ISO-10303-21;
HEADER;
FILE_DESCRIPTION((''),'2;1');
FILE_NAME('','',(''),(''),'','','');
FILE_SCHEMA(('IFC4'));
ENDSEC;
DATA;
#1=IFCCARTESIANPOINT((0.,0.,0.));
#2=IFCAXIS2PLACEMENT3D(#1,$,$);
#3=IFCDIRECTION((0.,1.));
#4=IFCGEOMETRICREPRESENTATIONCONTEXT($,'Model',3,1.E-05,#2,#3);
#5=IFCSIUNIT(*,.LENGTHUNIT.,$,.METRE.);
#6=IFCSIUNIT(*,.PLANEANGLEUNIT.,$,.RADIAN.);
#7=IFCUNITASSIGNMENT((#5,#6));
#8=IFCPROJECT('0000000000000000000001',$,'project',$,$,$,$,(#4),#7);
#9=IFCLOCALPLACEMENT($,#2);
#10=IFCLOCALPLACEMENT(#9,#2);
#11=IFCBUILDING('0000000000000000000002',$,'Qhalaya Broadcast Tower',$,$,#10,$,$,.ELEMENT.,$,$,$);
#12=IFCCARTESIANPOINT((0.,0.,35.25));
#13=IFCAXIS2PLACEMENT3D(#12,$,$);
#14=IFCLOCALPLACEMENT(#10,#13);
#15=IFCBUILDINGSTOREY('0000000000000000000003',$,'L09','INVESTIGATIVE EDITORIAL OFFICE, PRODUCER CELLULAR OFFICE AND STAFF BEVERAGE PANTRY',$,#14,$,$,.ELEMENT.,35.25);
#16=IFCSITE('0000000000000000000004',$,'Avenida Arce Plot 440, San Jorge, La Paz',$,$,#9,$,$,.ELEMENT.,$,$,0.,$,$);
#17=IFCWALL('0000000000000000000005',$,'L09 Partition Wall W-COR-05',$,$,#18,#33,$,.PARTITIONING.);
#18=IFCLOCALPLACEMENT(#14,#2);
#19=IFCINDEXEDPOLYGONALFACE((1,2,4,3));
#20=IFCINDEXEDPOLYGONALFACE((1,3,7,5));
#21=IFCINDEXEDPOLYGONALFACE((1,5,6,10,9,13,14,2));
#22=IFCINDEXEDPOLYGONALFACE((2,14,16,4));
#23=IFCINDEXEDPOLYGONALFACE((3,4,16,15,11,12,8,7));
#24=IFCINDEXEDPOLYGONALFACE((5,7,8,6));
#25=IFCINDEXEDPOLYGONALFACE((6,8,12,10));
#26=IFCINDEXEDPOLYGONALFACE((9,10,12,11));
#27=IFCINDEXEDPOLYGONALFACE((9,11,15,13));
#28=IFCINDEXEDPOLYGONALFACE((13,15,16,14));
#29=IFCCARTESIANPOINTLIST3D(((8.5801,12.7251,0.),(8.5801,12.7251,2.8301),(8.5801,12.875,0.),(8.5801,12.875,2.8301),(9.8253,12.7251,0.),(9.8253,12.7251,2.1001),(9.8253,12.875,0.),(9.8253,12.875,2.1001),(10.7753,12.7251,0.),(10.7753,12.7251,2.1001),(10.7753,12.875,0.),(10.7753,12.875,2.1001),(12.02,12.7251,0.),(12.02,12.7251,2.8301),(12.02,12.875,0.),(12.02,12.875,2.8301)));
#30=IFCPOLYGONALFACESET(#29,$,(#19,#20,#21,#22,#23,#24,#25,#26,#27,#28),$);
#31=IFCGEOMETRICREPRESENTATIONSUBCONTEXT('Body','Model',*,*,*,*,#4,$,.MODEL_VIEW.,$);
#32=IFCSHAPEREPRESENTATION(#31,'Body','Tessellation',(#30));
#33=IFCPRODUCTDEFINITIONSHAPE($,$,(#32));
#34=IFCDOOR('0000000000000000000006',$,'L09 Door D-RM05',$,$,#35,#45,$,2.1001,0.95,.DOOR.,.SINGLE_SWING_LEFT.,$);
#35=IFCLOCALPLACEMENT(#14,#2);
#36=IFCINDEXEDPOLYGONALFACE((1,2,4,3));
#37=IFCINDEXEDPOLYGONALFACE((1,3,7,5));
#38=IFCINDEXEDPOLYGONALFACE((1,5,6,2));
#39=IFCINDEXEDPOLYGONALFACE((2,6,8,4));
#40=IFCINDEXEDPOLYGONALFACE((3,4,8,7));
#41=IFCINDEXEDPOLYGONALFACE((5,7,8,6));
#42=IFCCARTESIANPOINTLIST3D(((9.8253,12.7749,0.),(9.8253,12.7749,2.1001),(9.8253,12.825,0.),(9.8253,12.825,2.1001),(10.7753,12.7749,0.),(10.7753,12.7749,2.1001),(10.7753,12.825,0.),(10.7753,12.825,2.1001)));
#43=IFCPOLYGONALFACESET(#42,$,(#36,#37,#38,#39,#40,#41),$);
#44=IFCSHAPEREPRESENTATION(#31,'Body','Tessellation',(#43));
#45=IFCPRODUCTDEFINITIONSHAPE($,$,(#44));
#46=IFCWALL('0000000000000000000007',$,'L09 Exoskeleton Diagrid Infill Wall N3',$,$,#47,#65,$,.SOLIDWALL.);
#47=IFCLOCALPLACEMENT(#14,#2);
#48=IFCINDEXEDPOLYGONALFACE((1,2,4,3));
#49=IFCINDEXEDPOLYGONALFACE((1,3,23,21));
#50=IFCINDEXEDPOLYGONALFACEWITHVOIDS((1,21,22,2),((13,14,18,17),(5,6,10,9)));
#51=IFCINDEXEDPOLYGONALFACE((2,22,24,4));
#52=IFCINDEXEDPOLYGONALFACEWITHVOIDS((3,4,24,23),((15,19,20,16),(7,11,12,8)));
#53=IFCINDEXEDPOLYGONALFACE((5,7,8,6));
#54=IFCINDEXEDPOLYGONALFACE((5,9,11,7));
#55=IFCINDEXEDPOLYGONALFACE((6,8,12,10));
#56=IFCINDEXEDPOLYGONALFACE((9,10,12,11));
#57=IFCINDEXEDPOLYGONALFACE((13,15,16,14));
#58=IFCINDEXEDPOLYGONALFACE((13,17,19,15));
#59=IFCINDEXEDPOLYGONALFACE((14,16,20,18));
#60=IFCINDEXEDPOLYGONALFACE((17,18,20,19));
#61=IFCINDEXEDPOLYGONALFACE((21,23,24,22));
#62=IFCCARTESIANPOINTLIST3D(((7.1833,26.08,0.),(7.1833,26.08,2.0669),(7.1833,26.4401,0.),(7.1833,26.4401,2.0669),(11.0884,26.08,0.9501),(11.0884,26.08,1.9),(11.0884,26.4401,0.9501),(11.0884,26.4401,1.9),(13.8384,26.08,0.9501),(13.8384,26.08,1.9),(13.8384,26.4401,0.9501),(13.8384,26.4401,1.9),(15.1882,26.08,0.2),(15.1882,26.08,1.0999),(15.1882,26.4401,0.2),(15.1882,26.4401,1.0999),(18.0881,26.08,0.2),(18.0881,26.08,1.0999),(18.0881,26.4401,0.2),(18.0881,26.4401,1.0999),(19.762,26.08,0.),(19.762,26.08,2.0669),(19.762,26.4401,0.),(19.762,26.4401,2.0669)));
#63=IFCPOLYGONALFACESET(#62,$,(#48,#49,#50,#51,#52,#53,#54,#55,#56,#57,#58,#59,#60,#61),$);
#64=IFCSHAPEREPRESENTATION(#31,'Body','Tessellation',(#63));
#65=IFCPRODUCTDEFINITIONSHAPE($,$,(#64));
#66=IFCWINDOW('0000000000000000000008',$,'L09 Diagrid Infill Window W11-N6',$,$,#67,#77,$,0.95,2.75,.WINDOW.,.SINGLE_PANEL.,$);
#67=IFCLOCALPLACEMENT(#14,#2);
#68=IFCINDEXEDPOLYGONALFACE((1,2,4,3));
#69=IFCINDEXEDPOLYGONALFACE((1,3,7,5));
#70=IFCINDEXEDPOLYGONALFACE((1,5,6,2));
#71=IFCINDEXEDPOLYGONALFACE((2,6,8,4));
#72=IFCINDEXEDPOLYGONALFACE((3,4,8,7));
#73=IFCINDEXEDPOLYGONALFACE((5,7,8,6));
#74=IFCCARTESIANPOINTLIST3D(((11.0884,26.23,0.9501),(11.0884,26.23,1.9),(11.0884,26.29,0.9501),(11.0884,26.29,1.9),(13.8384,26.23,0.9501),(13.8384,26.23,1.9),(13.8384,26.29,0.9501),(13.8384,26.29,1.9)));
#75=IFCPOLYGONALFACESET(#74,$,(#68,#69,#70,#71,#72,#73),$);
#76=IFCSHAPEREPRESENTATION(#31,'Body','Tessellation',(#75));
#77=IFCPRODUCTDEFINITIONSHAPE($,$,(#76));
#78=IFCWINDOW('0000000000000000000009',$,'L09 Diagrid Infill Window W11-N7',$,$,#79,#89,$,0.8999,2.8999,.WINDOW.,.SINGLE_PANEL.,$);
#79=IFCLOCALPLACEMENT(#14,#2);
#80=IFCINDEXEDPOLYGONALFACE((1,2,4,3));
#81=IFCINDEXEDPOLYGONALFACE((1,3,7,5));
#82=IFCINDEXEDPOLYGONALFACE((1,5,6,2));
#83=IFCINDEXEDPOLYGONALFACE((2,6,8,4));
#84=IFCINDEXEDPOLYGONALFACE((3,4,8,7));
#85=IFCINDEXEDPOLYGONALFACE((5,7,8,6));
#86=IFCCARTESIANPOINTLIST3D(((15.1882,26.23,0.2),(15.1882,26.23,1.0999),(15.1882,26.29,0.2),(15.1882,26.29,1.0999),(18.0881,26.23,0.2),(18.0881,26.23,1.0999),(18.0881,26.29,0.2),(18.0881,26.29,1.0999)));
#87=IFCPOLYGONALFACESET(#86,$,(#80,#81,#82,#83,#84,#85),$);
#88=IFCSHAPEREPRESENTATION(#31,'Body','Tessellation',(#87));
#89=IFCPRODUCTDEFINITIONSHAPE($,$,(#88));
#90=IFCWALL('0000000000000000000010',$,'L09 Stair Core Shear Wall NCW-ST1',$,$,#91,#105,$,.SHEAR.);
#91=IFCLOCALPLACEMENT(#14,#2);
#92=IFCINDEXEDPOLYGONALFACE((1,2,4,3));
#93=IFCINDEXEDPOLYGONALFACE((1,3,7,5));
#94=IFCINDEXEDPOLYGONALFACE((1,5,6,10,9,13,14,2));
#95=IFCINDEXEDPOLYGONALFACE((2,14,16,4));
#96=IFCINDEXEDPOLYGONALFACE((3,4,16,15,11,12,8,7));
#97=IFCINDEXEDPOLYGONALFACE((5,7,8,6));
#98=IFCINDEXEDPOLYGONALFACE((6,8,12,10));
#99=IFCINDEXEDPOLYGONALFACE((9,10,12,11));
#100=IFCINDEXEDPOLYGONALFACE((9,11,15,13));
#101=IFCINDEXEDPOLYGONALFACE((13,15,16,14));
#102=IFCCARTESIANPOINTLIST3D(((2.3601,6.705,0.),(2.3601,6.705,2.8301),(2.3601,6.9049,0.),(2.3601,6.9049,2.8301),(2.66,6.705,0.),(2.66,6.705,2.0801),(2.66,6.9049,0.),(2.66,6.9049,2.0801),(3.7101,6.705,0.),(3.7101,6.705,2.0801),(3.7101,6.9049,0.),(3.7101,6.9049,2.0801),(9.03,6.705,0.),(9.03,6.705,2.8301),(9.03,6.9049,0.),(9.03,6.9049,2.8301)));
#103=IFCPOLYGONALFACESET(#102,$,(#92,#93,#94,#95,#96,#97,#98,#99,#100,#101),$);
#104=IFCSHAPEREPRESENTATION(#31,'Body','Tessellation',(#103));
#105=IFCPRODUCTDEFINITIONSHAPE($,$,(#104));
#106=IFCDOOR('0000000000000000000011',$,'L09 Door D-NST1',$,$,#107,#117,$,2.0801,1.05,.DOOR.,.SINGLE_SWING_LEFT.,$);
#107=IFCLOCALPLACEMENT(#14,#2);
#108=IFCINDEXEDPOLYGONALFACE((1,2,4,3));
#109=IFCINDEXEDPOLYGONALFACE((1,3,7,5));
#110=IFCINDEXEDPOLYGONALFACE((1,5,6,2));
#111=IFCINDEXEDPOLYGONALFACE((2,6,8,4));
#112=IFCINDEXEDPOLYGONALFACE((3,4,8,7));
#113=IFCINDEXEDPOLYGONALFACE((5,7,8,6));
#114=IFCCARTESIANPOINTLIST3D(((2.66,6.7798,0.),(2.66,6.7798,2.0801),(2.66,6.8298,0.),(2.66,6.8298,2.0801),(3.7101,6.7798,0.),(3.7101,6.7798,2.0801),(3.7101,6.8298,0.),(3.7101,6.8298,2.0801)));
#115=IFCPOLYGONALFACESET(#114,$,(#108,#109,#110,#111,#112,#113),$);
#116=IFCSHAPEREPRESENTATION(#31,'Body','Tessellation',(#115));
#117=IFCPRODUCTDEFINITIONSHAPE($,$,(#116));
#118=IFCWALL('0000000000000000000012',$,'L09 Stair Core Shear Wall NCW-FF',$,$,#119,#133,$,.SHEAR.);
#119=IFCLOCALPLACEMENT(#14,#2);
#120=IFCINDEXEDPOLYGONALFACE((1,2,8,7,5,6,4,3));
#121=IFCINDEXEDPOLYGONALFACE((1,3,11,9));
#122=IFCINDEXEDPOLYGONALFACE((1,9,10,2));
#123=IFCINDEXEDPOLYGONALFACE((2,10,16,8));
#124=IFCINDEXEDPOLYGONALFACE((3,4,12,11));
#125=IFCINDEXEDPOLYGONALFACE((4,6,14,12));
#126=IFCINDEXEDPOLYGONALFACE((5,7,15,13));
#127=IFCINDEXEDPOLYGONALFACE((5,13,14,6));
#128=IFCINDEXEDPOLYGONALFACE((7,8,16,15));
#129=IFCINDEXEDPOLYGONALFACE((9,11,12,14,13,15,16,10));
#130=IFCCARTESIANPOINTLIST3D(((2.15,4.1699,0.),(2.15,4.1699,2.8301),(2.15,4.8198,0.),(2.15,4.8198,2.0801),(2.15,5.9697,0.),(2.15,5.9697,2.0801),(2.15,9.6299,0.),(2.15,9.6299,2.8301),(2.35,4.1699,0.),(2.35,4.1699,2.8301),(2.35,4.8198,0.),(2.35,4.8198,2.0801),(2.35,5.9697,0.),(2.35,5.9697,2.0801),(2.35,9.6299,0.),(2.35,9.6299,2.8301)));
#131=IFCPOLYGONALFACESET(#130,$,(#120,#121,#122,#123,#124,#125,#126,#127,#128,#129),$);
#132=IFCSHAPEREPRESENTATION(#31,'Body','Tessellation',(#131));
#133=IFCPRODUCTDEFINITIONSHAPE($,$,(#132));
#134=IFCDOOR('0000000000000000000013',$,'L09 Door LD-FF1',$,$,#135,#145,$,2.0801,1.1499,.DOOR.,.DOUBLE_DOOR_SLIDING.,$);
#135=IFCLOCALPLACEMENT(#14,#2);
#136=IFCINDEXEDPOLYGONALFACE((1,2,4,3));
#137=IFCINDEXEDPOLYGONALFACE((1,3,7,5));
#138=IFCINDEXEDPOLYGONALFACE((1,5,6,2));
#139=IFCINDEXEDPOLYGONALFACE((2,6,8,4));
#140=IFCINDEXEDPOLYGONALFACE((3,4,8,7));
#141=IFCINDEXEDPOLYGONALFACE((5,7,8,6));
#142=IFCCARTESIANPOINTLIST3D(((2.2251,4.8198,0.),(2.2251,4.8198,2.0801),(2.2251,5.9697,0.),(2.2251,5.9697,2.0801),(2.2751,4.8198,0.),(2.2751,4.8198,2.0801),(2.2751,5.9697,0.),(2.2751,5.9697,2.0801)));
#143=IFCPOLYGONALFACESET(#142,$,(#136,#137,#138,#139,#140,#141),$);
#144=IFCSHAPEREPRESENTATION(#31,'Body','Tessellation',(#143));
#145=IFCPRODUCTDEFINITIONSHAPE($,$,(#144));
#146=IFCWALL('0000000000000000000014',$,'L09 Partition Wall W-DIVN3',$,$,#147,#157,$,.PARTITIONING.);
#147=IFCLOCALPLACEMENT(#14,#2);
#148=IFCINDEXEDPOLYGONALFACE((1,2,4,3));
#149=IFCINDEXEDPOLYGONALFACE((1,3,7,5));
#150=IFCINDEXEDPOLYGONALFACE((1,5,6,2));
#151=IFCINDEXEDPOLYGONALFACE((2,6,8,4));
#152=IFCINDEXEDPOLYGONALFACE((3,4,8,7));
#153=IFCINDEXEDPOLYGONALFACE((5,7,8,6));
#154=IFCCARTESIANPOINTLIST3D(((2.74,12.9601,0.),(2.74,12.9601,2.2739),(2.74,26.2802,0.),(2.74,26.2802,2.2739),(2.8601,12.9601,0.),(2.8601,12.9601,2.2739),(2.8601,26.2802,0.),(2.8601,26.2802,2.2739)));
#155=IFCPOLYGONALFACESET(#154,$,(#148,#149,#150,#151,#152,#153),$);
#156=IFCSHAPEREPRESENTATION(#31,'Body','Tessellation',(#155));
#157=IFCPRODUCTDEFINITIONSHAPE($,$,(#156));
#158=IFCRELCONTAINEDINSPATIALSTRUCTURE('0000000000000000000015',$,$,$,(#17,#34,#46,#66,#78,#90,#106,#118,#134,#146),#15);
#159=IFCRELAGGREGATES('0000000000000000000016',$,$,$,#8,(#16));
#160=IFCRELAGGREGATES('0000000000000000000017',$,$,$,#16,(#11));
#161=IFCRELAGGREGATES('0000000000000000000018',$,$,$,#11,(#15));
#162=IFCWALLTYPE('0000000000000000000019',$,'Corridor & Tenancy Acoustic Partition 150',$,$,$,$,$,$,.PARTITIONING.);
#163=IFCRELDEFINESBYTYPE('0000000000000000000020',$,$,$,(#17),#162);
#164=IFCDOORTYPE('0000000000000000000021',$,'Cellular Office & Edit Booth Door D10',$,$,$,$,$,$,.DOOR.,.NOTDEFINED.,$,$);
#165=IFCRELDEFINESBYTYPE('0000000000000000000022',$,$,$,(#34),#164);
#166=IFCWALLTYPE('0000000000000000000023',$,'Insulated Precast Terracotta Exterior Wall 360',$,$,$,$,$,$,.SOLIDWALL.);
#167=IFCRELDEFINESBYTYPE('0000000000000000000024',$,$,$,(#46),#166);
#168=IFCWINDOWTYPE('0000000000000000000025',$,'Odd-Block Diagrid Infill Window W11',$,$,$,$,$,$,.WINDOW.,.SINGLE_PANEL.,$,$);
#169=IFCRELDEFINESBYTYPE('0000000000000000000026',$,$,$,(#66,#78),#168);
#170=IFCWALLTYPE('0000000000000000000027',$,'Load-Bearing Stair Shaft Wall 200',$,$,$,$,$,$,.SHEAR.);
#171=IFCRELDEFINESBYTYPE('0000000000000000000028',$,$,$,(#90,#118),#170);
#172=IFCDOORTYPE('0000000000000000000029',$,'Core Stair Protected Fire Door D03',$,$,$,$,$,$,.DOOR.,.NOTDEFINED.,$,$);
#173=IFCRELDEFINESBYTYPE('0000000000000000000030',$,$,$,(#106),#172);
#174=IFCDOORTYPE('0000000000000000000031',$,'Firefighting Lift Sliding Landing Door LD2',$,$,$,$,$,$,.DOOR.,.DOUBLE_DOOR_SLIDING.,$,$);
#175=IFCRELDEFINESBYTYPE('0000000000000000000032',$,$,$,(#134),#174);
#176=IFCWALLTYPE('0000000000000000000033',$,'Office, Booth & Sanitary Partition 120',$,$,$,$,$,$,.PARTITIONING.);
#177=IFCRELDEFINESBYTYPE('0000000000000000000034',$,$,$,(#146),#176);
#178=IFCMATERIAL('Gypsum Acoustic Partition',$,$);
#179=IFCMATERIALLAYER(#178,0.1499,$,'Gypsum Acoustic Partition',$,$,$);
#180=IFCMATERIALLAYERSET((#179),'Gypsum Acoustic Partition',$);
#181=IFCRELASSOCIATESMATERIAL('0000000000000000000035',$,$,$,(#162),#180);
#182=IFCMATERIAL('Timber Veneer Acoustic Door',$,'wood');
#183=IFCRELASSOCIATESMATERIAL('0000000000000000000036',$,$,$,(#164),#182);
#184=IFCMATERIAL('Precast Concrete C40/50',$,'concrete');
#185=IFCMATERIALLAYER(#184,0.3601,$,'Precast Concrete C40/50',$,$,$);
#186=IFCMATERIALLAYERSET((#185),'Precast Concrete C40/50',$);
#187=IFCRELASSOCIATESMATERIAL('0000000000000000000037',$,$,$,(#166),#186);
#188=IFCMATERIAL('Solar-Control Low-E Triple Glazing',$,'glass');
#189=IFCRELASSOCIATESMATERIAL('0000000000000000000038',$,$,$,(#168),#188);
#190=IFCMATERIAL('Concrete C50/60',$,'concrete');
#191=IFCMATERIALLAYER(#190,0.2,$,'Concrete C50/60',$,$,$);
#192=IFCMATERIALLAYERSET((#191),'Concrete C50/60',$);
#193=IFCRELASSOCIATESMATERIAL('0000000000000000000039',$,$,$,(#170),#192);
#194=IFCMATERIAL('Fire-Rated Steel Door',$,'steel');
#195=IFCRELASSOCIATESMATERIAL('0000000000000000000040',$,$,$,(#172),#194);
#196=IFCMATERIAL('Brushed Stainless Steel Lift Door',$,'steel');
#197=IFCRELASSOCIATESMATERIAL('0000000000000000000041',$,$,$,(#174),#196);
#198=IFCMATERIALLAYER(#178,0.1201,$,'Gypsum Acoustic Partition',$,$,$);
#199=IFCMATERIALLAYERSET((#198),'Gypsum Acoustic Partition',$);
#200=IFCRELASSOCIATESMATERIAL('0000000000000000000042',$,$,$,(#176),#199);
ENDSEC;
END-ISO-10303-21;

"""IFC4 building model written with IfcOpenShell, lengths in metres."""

from ifc_helpers import new_model, si_unit, direction, frame, frame_2d, origin, place, context, subcontext, project, spatial, rectangle, extrude, material, layer, layer_set, type_object, element, fill, save


model = new_model("IFC4")

# Units and contexts
model_context = context("Model", 3, precision=1e-05, world=origin(), true_north=direction((0.0, 1.0)))
body_context = subcontext(model_context, "Body", "Model", "MODEL_VIEW")
ifc_project = project(units=[si_unit("LENGTHUNIT", "METRE"), si_unit("PLANEANGLEUNIT", "RADIAN")], contexts=[model_context])

# Site, building, storey
site_placement = place(None, origin())
site = spatial("IfcSite", under=ifc_project, at=site_placement, Name="Avenida Arce Plot 440, San Jorge, La Paz", CompositionType="ELEMENT", RefElevation=0.0)
building_placement = place(site_placement, origin())
building = spatial("IfcBuilding", under=site, at=building_placement, Name="Qhalaya Broadcast Tower", CompositionType="ELEMENT")
storey_placement = place(building_placement, frame((0.0, 0.0, 35.25)))
storey = spatial("IfcBuildingStorey", under=building, at=storey_placement, Name="L09", Description="INVESTIGATIVE EDITORIAL OFFICE, PRODUCER CELLULAR OFFICE AND STAFF BEVERAGE PANTRY", CompositionType="ELEMENT", Elevation=35.25)

# Shared definitions
ifc_material_1 = material(Name="Concrete C50/60", Category="concrete")

# Wall, opening, door
ifc_material_2 = material(Name="Gypsum Acoustic Partition")
ifc_layer_1 = layer(ifc_material_2, 0.1499, Name="Gypsum Acoustic Partition")
ifc_layer_set_1 = layer_set([ifc_layer_1], Name="Gypsum Acoustic Partition")
wall_type_1 = type_object("IfcWallType", Name="Corridor & Tenancy Acoustic Partition 150", PredefinedType="PARTITIONING", material=ifc_layer_set_1)
ifc_material_3 = material(Name="Timber Veneer Acoustic Door", Category="wood")
door_type_1 = type_object("IfcDoorType", Name="Cellular Office & Edit Booth Door D10", OperationType="NOTDEFINED", PredefinedType="DOOR", material=ifc_material_3)
wall_1_placement = place(storey_placement, frame((8.5801, 12.8, 0.0), z_axis=(0.0, 0.0, 1.0), x_axis=(1.0, 0.0, 0.0)))
wall_1 = element("IfcWall", 1, at=wall_1_placement, inside=storey, type_object=wall_type_1, Name="L09 Partition Wall W-COR-05", PredefinedType="PARTITIONING", context=body_context, shape_type="SweptSolid", body=[
    extrude(rectangle(XDim=3.4399, YDim=0.1499, at=frame_2d((1.72, 0.0))), origin(), (0.0, 0.0, 1.0), 2.8301),
])
opening_1_placement = place(wall_1_placement, frame((1.2451, 0.0, 0.0)))
opening_1 = element("IfcOpeningElement", 2, at=opening_1_placement, cuts=wall_1, PredefinedType="OPENING", context=body_context, shape_type="SweptSolid", body=[
    extrude(rectangle(XDim=0.95, YDim=2.1001, at=frame_2d((0.4751, 1.05))), frame((0.0, 0.0869, 0.0), z_axis=(0.0, -1.0, 0.0), x_axis=(1.0, 0.0, 0.0)), (0.0, 0.0, 1.0), 0.1738),
])
door_1_placement = place(opening_1_placement, origin())
door_1 = element("IfcDoor", 3, at=door_1_placement, inside=storey, type_object=door_type_1, Name="L09 Door D-RM05", OperationType="SINGLE_SWING_LEFT", OverallHeight=2.1001, OverallWidth=0.95, PredefinedType="DOOR", context=body_context, shape_type="SweptSolid", body=[
    extrude(rectangle(XDim=0.95, YDim=2.1001, at=frame_2d((0.4751, 1.05))), frame((0.0, 0.0249, 0.0), z_axis=(0.0, -1.0, 0.0), x_axis=(1.0, 0.0, 0.0)), (0.0, 0.0, 1.0), 0.05),
])
fill(opening_1, door_1)

# Wall, openings, windows
ifc_material_4 = material(Name="Precast Concrete C40/50", Category="concrete")
ifc_layer_2 = layer(ifc_material_4, 0.3601, Name="Precast Concrete C40/50")
ifc_layer_set_2 = layer_set([ifc_layer_2], Name="Precast Concrete C40/50")
wall_type_2 = type_object("IfcWallType", Name="Insulated Precast Terracotta Exterior Wall 360", PredefinedType="SOLIDWALL", material=ifc_layer_set_2)
wall_2_placement = place(storey_placement, frame((7.1833, 26.26, 0.0), z_axis=(0.0, 0.0, 1.0), x_axis=(1.0, 0.0, 0.0)))
wall_2 = element("IfcWall", 4, at=wall_2_placement, inside=storey, type_object=wall_type_2, Name="L09 Exoskeleton Diagrid Infill Wall N3", PredefinedType="SOLIDWALL", context=body_context, shape_type="SweptSolid", body=[
    extrude(rectangle(XDim=12.5786, YDim=0.3601, at=frame_2d((6.2893, 0.0))), origin(), (0.0, 0.0, 1.0), 2.0669),
])
opening_2_placement = place(wall_2_placement, frame((3.905, 0.0, 0.95)))
opening_2 = element("IfcOpeningElement", 5, at=opening_2_placement, cuts=wall_2, PredefinedType="OPENING", context=body_context, shape_type="SweptSolid", body=[
    extrude(rectangle(XDim=2.75, YDim=0.95, at=frame_2d((1.375, 0.4751))), frame((0.0, 0.1921, 0.0), z_axis=(0.0, -1.0, 0.0), x_axis=(1.0, 0.0, 0.0)), (0.0, 0.0, 1.0), 0.384),
])
opening_3_placement = place(wall_2_placement, frame((8.0049, 0.0, 0.2)))
opening_3 = element("IfcOpeningElement", 6, at=opening_3_placement, cuts=wall_2, PredefinedType="OPENING", context=body_context, shape_type="SweptSolid", body=[
    extrude(rectangle(XDim=2.8999, YDim=0.8999, at=frame_2d((1.45, 0.45))), frame((0.0, 0.1921, 0.0), z_axis=(0.0, -1.0, 0.0), x_axis=(1.0, 0.0, 0.0)), (0.0, 0.0, 1.0), 0.384),
])
ifc_material_5 = material(Name="Solar-Control Low-E Triple Glazing", Category="glass")
window_type = type_object("IfcWindowType", Name="Odd-Block Diagrid Infill Window W11", PartitioningType="SINGLE_PANEL", PredefinedType="WINDOW", material=ifc_material_5)
window_1_placement = place(opening_2_placement, origin())
window_1 = element("IfcWindow", 7, at=window_1_placement, inside=storey, type_object=window_type, Name="L09 Diagrid Infill Window W11-N6", OverallHeight=0.95, OverallWidth=2.75, PartitioningType="SINGLE_PANEL", PredefinedType="WINDOW", context=body_context, shape_type="SweptSolid", body=[
    extrude(rectangle(XDim=2.75, YDim=0.95, at=frame_2d((1.375, 0.4751))), frame((0.0, 0.03, 0.0), z_axis=(0.0, -1.0, 0.0), x_axis=(1.0, 0.0, 0.0)), (0.0, 0.0, 1.0), 0.0601),
])
fill(opening_2, window_1)
window_2_placement = place(opening_3_placement, origin())
window_2 = element("IfcWindow", 8, at=window_2_placement, inside=storey, type_object=window_type, Name="L09 Diagrid Infill Window W11-N7", OverallHeight=0.8999, OverallWidth=2.8999, PartitioningType="SINGLE_PANEL", PredefinedType="WINDOW", context=body_context, shape_type="SweptSolid", body=[
    extrude(rectangle(XDim=2.8999, YDim=0.8999, at=frame_2d((1.45, 0.45))), frame((0.0, 0.03, 0.0), z_axis=(0.0, -1.0, 0.0), x_axis=(1.0, 0.0, 0.0)), (0.0, 0.0, 1.0), 0.0601),
])
fill(opening_3, window_2)

# Walls, openings, doors
ifc_layer_3 = layer(ifc_material_1, 0.2, Name="Concrete C50/60")
ifc_layer_set_3 = layer_set([ifc_layer_3], Name="Concrete C50/60")
wall_type_3 = type_object("IfcWallType", Name="Load-Bearing Stair Shaft Wall 200", PredefinedType="SHEAR", material=ifc_layer_set_3)
wall_3_placement = place(storey_placement, frame((2.3601, 6.8049, 0.0), z_axis=(0.0, 0.0, 1.0), x_axis=(1.0, 0.0, 0.0)))
wall_3 = element("IfcWall", 9, at=wall_3_placement, inside=storey, type_object=wall_type_3, Name="L09 Stair Core Shear Wall NCW-ST1", PredefinedType="SHEAR", context=body_context, shape_type="SweptSolid", body=[
    extrude(rectangle(XDim=6.6699, YDim=0.2, at=frame_2d((3.335, 0.0))), origin(), (0.0, 0.0, 1.0), 2.8301),
])
opening_4_placement = place(wall_3_placement, frame((0.3, 0.0, 0.0)))
opening_4 = element("IfcOpeningElement", 10, at=opening_4_placement, cuts=wall_3, PredefinedType="OPENING", context=body_context, shape_type="SweptSolid", body=[
    extrude(rectangle(XDim=1.05, YDim=2.0801, at=frame_2d((0.5249, 1.04))), frame((0.0, 0.1121, 0.0), z_axis=(0.0, -1.0, 0.0), x_axis=(1.0, 0.0, 0.0)), (0.0, 0.0, 1.0), 0.2239),
])
ifc_material_6 = material(Name="Fire-Rated Steel Door", Category="steel")
door_type_2 = type_object("IfcDoorType", Name="Core Stair Protected Fire Door D03", OperationType="NOTDEFINED", PredefinedType="DOOR", material=ifc_material_6)
door_2_placement = place(opening_4_placement, origin())
door_2 = element("IfcDoor", 11, at=door_2_placement, inside=storey, type_object=door_type_2, Name="L09 Door D-NST1", OperationType="SINGLE_SWING_LEFT", OverallHeight=2.0801, OverallWidth=1.05, PredefinedType="DOOR", context=body_context, shape_type="SweptSolid", body=[
    extrude(rectangle(XDim=1.05, YDim=2.0801, at=frame_2d((0.5249, 1.04))), frame((0.0, 0.0249, 0.0), z_axis=(0.0, -1.0, 0.0), x_axis=(1.0, 0.0, 0.0)), (0.0, 0.0, 1.0), 0.05),
])
fill(opening_4, door_2)
wall_4_placement = place(storey_placement, frame((2.25, 4.1699, 0.0), z_axis=(0.0, 0.0, 1.0), x_axis=(0.0, 1.0, 0.0)))
wall_4 = element("IfcWall", 12, at=wall_4_placement, inside=storey, type_object=wall_type_3, Name="L09 Stair Core Shear Wall NCW-FF", PredefinedType="SHEAR", context=body_context, shape_type="SweptSolid", body=[
    extrude(rectangle(XDim=5.46, YDim=0.2, at=frame_2d((2.73, 0.0))), origin(), (0.0, 0.0, 1.0), 2.8301),
])
opening_5_placement = place(wall_4_placement, frame((0.6499, 0.0, 0.0)))
opening_5 = element("IfcOpeningElement", 13, at=opening_5_placement, cuts=wall_4, PredefinedType="OPENING", context=body_context, shape_type="SweptSolid", body=[
    extrude(rectangle(XDim=1.1499, YDim=2.0801, at=frame_2d((0.575, 1.04))), frame((0.0, 0.1121, 0.0), z_axis=(0.0, -1.0, 0.0), x_axis=(1.0, 0.0, 0.0)), (0.0, 0.0, 1.0), 0.2239),
])
ifc_material_7 = material(Name="Brushed Stainless Steel Lift Door", Category="steel")
door_type_3 = type_object("IfcDoorType", Name="Firefighting Lift Sliding Landing Door LD2", OperationType="DOUBLE_DOOR_SLIDING", PredefinedType="DOOR", material=ifc_material_7)
door_3_placement = place(opening_5_placement, origin())
door_3 = element("IfcDoor", 14, at=door_3_placement, inside=storey, type_object=door_type_3, Name="L09 Door LD-FF1", OperationType="DOUBLE_DOOR_SLIDING", OverallHeight=2.0801, OverallWidth=1.1499, PredefinedType="DOOR", context=body_context, shape_type="SweptSolid", body=[
    extrude(rectangle(XDim=1.1499, YDim=2.0801, at=frame_2d((0.575, 1.04))), frame((0.0, 0.0249, 0.0), z_axis=(0.0, -1.0, 0.0), x_axis=(1.0, 0.0, 0.0)), (0.0, 0.0, 1.0), 0.05),
])
fill(opening_5, door_3)

# Wall
ifc_layer_4 = layer(ifc_material_2, 0.1201, Name="Gypsum Acoustic Partition")
ifc_layer_set_4 = layer_set([ifc_layer_4], Name="Gypsum Acoustic Partition")
wall_type_4 = type_object("IfcWallType", Name="Office, Booth & Sanitary Partition 120", PredefinedType="PARTITIONING", material=ifc_layer_set_4)
wall_5_placement = place(storey_placement, frame((2.8, 12.96, 0.0), z_axis=(0.0, 0.0, 1.0), x_axis=(0.0, 1.0, 0.0)))
element("IfcWall", 15, at=wall_5_placement, inside=storey, type_object=wall_type_4, Name="L09 Partition Wall W-DIVN3", PredefinedType="PARTITIONING", context=body_context, shape_type="SweptSolid", body=[
    extrude(rectangle(XDim=13.3201, YDim=0.1201, at=frame_2d((6.6602, 0.0))), origin(), (0.0, 0.0, 1.0), 2.2739),
])

save(model, "model.ifc")
